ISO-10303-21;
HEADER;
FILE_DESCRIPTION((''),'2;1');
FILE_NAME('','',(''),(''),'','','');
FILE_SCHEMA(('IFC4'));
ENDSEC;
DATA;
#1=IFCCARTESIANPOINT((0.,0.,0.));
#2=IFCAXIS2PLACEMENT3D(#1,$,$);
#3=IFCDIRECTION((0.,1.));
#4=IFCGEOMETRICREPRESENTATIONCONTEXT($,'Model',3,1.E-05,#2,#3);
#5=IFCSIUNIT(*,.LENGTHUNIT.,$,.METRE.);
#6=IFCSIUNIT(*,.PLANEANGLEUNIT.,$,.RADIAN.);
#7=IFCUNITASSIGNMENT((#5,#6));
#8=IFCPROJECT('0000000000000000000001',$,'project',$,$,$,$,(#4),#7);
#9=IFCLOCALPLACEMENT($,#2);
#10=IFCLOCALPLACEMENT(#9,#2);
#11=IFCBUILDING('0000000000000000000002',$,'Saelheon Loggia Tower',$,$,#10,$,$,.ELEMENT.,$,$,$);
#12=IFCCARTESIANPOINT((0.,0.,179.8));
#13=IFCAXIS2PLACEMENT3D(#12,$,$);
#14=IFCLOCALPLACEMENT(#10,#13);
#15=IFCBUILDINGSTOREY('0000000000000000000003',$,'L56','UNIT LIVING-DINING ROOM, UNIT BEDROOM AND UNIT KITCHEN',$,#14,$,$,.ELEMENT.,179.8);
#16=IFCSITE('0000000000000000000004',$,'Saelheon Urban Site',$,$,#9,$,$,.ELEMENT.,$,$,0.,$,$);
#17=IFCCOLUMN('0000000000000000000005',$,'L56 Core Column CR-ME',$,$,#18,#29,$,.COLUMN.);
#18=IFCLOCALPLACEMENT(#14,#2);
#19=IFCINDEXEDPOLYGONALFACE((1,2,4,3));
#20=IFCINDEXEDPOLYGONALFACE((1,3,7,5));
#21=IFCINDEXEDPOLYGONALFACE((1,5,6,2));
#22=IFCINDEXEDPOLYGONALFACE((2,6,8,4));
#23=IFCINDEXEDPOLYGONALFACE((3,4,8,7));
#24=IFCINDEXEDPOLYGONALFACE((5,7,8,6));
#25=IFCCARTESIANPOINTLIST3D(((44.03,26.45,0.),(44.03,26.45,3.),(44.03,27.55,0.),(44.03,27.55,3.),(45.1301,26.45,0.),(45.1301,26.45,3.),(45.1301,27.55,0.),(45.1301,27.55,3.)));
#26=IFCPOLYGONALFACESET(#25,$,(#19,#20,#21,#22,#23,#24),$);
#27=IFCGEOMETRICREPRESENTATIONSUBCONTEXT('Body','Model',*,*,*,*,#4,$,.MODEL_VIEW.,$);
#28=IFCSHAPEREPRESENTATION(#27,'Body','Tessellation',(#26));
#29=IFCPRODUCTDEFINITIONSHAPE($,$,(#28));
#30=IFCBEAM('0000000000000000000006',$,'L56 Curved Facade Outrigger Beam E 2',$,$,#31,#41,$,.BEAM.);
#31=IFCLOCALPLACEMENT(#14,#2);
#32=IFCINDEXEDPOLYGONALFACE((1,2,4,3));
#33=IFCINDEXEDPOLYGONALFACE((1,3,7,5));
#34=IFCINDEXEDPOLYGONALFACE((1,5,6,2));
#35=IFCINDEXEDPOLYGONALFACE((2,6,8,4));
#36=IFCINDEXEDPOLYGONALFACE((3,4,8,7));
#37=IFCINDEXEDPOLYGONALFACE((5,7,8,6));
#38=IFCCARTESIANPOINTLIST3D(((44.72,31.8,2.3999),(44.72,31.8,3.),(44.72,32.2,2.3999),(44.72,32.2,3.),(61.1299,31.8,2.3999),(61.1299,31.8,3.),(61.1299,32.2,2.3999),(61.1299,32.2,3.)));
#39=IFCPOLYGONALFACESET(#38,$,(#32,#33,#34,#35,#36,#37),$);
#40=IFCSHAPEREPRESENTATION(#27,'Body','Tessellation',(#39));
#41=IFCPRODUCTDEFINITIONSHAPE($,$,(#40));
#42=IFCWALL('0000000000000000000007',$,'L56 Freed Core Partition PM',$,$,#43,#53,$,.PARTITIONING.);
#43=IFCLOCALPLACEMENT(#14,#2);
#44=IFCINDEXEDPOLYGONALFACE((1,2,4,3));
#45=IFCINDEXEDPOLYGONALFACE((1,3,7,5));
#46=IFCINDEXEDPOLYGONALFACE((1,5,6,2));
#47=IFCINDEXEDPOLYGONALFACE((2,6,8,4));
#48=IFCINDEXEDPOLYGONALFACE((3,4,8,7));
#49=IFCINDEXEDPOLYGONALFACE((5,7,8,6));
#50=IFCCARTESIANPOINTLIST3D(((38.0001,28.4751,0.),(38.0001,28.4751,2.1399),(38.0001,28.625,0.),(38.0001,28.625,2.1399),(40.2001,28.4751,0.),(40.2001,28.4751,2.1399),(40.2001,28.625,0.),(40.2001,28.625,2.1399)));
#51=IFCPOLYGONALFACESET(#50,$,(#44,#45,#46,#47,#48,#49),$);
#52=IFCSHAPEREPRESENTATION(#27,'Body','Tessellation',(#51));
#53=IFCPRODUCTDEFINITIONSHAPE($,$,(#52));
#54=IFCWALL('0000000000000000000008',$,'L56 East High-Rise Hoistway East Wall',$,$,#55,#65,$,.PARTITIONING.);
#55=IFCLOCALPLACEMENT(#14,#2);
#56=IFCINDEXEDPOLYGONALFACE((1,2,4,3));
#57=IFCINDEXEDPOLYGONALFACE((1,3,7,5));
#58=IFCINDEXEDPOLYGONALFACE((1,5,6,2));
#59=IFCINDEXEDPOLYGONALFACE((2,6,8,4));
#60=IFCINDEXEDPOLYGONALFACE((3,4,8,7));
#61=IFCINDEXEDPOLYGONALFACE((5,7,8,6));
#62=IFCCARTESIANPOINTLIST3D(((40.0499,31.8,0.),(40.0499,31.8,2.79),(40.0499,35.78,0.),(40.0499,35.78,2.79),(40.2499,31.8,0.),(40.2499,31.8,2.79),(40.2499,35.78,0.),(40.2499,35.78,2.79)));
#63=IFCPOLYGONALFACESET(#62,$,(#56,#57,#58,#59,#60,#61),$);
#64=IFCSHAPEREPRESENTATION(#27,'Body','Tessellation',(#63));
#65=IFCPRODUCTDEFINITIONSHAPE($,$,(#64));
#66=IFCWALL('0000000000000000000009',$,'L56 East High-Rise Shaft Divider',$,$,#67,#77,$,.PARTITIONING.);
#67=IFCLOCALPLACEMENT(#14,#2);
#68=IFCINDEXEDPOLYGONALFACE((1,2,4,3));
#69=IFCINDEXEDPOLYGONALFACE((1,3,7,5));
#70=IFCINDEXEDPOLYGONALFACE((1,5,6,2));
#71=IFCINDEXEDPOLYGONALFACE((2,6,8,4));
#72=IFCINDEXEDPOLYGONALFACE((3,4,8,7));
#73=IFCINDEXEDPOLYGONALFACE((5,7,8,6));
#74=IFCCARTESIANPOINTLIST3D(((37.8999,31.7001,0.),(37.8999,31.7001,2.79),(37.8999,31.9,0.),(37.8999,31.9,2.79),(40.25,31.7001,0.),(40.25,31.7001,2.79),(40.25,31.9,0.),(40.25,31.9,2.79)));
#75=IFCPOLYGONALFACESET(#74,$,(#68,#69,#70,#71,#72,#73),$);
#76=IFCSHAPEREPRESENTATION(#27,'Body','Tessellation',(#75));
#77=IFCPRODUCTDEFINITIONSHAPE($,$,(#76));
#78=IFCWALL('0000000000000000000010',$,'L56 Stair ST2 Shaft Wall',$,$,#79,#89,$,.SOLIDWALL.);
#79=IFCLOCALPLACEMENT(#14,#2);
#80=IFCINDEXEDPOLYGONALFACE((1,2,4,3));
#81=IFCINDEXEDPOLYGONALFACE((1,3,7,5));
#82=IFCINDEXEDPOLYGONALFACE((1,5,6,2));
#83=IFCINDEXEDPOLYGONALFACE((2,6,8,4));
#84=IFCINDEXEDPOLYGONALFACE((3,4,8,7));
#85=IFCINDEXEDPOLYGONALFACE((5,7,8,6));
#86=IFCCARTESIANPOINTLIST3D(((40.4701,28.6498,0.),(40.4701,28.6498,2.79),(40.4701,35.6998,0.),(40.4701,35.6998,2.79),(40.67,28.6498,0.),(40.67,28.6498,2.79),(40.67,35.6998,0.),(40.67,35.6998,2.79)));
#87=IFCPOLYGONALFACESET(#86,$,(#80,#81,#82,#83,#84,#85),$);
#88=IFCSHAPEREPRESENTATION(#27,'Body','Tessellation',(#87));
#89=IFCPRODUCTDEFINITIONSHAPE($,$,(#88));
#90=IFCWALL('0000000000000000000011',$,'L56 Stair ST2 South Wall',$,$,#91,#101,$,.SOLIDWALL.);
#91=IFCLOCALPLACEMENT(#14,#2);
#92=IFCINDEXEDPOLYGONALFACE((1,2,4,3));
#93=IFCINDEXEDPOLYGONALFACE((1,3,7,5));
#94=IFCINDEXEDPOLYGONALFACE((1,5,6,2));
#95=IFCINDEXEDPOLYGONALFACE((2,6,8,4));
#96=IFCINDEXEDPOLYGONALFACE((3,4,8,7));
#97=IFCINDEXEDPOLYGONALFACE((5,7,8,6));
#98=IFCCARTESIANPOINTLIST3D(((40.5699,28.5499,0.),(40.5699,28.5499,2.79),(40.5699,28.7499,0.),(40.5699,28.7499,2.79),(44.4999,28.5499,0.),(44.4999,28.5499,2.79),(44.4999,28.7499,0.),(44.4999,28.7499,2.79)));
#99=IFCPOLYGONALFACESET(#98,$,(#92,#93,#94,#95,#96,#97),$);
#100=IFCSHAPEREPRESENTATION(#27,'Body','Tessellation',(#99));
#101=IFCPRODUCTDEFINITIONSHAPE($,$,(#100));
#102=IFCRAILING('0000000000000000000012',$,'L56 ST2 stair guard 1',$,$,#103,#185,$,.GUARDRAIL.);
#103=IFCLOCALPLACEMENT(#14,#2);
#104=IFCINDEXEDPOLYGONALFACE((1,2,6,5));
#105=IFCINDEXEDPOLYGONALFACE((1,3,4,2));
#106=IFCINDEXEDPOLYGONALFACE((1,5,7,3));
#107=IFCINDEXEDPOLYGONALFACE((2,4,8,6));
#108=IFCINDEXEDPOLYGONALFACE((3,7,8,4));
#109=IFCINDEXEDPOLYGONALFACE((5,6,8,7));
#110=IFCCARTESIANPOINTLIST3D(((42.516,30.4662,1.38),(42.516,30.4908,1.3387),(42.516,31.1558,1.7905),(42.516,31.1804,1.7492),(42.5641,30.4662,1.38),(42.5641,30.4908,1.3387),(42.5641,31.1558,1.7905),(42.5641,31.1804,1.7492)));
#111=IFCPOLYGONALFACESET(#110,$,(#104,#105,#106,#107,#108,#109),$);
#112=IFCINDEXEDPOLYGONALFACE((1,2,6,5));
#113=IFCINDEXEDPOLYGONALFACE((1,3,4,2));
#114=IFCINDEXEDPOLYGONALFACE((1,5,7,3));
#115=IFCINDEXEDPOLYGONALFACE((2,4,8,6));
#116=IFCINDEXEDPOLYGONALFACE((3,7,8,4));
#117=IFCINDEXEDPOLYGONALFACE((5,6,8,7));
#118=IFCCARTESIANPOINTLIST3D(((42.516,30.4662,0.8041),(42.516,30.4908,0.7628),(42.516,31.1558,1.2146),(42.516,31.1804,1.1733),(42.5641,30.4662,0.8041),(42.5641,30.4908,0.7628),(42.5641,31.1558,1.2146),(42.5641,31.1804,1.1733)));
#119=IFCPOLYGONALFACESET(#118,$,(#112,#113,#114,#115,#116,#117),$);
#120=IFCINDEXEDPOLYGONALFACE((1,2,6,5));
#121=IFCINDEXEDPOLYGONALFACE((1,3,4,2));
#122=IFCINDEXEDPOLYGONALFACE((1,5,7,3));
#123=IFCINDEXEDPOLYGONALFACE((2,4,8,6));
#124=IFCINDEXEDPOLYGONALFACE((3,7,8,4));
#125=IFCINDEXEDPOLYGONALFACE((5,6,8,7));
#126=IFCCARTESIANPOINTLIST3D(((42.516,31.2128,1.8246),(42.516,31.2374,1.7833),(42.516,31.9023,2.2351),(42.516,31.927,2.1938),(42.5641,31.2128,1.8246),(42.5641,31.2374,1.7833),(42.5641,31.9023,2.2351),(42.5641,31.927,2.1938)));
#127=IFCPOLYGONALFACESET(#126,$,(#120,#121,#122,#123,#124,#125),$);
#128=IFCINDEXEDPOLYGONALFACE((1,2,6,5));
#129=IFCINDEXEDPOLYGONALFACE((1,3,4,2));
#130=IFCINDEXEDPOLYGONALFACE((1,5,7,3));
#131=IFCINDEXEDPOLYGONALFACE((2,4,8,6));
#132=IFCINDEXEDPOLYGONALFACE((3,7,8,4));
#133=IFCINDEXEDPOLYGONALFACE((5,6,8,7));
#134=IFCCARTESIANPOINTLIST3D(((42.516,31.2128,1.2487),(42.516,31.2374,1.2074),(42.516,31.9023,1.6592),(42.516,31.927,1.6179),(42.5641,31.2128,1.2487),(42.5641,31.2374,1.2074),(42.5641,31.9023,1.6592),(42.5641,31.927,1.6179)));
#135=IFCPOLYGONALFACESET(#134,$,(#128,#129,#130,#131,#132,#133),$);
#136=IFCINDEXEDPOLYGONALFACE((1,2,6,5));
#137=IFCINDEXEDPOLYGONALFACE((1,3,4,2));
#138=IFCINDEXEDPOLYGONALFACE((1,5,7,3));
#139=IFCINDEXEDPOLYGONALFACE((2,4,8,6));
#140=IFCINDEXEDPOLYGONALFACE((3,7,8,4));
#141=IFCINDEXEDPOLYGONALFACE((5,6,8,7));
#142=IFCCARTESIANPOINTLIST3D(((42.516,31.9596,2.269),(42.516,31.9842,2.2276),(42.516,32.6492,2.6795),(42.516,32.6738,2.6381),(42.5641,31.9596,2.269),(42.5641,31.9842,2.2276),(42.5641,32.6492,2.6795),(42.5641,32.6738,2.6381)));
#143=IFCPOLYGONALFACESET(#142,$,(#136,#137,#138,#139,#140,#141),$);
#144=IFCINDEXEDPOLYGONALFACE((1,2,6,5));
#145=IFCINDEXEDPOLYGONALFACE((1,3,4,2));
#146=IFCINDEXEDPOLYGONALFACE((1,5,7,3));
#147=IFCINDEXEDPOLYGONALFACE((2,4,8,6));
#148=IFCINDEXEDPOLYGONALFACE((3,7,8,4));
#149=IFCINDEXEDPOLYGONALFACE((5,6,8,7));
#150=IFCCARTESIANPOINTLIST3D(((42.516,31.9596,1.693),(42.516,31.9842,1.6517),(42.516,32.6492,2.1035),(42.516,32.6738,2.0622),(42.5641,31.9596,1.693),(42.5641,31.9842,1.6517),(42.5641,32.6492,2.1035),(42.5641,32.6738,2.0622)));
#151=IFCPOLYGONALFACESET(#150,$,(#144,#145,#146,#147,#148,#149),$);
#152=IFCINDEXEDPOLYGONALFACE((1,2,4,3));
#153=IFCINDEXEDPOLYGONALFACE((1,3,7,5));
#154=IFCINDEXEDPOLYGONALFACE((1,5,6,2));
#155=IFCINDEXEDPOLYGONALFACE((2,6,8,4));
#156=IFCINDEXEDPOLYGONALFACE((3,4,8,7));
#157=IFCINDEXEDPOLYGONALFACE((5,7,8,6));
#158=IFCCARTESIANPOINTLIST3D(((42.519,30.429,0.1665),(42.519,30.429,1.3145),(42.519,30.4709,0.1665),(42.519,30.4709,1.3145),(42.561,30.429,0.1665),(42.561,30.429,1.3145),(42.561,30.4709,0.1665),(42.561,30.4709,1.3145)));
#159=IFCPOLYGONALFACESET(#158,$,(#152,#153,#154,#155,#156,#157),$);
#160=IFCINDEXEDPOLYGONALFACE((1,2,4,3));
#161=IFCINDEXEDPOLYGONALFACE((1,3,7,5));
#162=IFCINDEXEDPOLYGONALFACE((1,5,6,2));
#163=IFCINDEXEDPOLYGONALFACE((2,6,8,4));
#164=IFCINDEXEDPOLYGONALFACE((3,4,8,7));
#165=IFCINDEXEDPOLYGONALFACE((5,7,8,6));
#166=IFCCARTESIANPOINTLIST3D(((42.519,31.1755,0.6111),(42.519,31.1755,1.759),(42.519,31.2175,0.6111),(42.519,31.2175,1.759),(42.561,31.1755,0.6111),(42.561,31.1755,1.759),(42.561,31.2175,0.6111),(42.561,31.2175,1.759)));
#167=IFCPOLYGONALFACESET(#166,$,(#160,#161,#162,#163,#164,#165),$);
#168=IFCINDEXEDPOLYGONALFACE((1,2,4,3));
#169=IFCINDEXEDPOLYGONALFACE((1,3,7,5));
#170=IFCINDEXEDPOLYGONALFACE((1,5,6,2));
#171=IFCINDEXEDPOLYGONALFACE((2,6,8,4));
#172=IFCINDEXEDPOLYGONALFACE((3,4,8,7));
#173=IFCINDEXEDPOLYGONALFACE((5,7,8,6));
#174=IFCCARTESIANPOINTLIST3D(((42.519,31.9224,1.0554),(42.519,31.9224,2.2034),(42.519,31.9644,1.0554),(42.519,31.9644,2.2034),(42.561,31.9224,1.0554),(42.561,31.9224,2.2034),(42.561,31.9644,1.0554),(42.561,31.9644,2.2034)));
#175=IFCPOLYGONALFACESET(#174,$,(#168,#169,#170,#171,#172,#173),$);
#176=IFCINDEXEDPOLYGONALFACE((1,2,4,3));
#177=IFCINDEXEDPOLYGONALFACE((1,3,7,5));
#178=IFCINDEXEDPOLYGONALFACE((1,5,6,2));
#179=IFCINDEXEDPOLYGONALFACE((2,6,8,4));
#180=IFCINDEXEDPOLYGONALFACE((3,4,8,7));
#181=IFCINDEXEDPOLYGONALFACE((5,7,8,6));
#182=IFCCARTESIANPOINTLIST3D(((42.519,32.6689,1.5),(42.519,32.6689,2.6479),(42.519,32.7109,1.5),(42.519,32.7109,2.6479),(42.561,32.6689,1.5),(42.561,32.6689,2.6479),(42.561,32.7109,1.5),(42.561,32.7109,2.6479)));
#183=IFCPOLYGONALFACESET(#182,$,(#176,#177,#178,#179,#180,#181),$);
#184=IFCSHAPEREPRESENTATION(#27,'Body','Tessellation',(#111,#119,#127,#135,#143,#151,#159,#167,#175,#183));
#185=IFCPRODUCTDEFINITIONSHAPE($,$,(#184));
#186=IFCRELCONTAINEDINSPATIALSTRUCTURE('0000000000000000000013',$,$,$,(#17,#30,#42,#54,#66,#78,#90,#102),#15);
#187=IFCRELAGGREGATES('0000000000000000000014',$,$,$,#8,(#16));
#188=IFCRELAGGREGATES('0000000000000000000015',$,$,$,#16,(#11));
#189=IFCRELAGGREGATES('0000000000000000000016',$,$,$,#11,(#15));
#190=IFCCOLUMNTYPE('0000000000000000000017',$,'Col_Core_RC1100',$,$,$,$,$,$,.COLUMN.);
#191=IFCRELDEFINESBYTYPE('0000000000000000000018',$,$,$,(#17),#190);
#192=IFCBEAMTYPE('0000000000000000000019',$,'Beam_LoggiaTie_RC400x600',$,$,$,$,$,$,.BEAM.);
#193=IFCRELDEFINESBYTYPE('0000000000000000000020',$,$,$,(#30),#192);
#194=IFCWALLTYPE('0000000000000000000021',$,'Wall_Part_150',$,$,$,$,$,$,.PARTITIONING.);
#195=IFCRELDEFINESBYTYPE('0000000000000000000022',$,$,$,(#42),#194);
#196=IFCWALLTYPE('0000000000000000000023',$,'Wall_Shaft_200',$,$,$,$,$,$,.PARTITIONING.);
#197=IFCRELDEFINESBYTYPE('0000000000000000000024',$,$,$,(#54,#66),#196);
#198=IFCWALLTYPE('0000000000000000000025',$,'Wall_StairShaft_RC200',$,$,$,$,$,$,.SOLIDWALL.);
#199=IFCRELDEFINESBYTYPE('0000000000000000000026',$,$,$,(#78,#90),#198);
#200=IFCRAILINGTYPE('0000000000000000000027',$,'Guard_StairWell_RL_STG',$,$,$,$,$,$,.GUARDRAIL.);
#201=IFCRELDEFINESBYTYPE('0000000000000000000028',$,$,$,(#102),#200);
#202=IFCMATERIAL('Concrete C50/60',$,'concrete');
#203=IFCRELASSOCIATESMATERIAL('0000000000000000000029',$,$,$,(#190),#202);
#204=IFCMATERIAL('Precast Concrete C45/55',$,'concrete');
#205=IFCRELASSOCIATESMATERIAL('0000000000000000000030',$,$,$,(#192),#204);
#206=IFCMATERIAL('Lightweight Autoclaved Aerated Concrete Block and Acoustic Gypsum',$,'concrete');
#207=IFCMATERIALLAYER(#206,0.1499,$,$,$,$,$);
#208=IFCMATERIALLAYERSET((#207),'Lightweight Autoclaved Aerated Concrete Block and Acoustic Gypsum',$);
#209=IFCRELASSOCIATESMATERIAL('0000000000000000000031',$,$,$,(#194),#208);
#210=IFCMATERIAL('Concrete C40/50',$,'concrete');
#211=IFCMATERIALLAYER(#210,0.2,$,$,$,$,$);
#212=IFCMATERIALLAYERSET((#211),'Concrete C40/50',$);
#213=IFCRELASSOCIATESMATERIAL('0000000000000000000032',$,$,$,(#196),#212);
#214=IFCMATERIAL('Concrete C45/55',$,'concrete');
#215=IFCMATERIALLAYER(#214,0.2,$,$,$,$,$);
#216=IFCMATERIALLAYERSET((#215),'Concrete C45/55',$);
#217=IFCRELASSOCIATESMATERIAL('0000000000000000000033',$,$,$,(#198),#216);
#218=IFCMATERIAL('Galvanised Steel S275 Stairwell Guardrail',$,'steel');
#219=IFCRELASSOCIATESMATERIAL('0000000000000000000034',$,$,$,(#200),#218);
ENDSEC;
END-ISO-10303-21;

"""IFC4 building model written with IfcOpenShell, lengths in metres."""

from ifc_helpers import new_model, si_unit, direction, frame, frame_2d, origin, origin_2d, place, context, subcontext, project, spatial, rectangle, extrude, source, transform, mapped, material, layer, layer_set, material_profile, profile_set, type_object, element, save


model = new_model("IFC4")

# Units and contexts
model_context = context("Model", 3, precision=1e-05, world=origin(), true_north=direction((0.0, 1.0)))
body_context = subcontext(model_context, "Body", "Model", "MODEL_VIEW")
ifc_project = project(units=[si_unit("LENGTHUNIT", "METRE"), si_unit("PLANEANGLEUNIT", "RADIAN")], contexts=[model_context])

# Site, building, storey
site_placement = place(None, origin())
site = spatial("IfcSite", under=ifc_project, at=site_placement, Name="Saelheon Urban Site", CompositionType="ELEMENT", RefElevation=0.0)
building_placement = place(site_placement, origin())
building = spatial("IfcBuilding", under=site, at=building_placement, Name="Saelheon Loggia Tower", CompositionType="ELEMENT")
storey_placement = place(building_placement, frame((0.0, 0.0, 179.8)))
storey = spatial("IfcBuildingStorey", under=building, at=storey_placement, Name="L56", Description="UNIT LIVING-DINING ROOM, UNIT BEDROOM AND UNIT KITCHEN", CompositionType="ELEMENT", Elevation=179.8)

# Column
ifc_material_1 = material(Name="Concrete C50/60", Category="concrete")
ifc_material_profile_1 = material_profile(ifc_material_1, rectangle(XDim=1.1001, YDim=1.1001, at=origin_2d()), Name="RC-1100x1100")
ifc_profile_set_1 = profile_set([ifc_material_profile_1], Name="Concrete C50/60")
column_type = type_object("IfcColumnType", Name="Col_Core_RC1100", PredefinedType="COLUMN", material=ifc_profile_set_1)
shared_shape_1 = source(origin(), body_context, "Body", "SweptSolid", [
    extrude(rectangle(XDim=1.1001, YDim=1.1001, at=origin_2d()), origin(), (0.0, 0.0, 1.0), 3.0),
])
column_placement = place(storey_placement, frame((44.5801, 27.0, 0.0), z_axis=(0.0, 0.0, 1.0), x_axis=(1.0, 0.0, 0.0)))
element("IfcColumn", 1, at=column_placement, inside=storey, type_object=column_type, Name="L56 Core Column CR-ME", PredefinedType="COLUMN", context=body_context, shape_type="MappedRepresentation", body=[
    mapped(shared_shape_1, transform((0.0, 0.0, 0.0), scale=1.0)),
])

# Beam
ifc_material_2 = material(Name="Precast Concrete C45/55", Category="concrete")
ifc_material_profile_2 = material_profile(ifc_material_2, rectangle(XDim=0.3999, YDim=0.6001, at=origin_2d()), Name="RC-400x600")
ifc_profile_set_2 = profile_set([ifc_material_profile_2], Name="Precast Concrete C45/55")
beam_type = type_object("IfcBeamType", Name="Beam_LoggiaTie_RC400x600", PredefinedType="BEAM", material=ifc_profile_set_2)
shared_shape_2 = source(origin(), body_context, "Body", "SweptSolid", [
    extrude(rectangle(XDim=0.3999, YDim=0.6001, at=origin_2d()), origin(), (0.0, 0.0, 1.0), 16.4099),
])
beam_placement = place(storey_placement, frame((44.72, 32.0, 2.7), z_axis=(1.0, 0.0, 0.0), x_axis=(0.0, 1.0, 0.0)))
element("IfcBeam", 2, at=beam_placement, inside=storey, type_object=beam_type, Name="L56 Curved Facade Outrigger Beam E 2", PredefinedType="BEAM", context=body_context, shape_type="MappedRepresentation", body=[
    mapped(shared_shape_2, transform((0.0, 0.0, 0.0), scale=1.0)),
])

# Walls
ifc_material_3 = material(Name="Lightweight Autoclaved Aerated Concrete Block and Acoustic Gypsum", Category="concrete")
ifc_layer_1 = layer(ifc_material_3, 0.1499)
ifc_layer_set_1 = layer_set([ifc_layer_1], Name="Lightweight Autoclaved Aerated Concrete Block and Acoustic Gypsum")
wall_type_1 = type_object("IfcWallType", Name="Wall_Part_150", PredefinedType="PARTITIONING", material=ifc_layer_set_1)
wall_1_placement = place(storey_placement, frame((38.0, 28.55, 0.0), z_axis=(0.0, 0.0, 1.0), x_axis=(1.0, 0.0, 0.0)))
element("IfcWall", 3, at=wall_1_placement, inside=storey, type_object=wall_type_1, Name="L56 Freed Core Partition PM", PredefinedType="PARTITIONING", context=body_context, shape_type="SweptSolid", body=[
    extrude(rectangle(XDim=2.2, YDim=0.1499, at=frame_2d((1.1001, 0.0))), origin(), (0.0, 0.0, 1.0), 2.1399),
])
ifc_material_4 = material(Name="Concrete C40/50", Category="concrete")
ifc_layer_2 = layer(ifc_material_4, 0.2)
ifc_layer_set_2 = layer_set([ifc_layer_2], Name="Concrete C40/50")
wall_type_2 = type_object("IfcWallType", Name="Wall_Shaft_200", PredefinedType="PARTITIONING", material=ifc_layer_set_2)
wall_2_placement = place(storey_placement, frame((40.1499, 31.8, 0.0), z_axis=(0.0, 0.0, 1.0), x_axis=(0.0, 1.0, 0.0)))
element("IfcWall", 4, at=wall_2_placement, inside=storey, type_object=wall_type_2, Name="L56 East High-Rise Hoistway East Wall", PredefinedType="PARTITIONING", context=body_context, shape_type="SweptSolid", body=[
    extrude(rectangle(XDim=3.98, YDim=0.2, at=frame_2d((1.99, 0.0))), origin(), (0.0, 0.0, 1.0), 2.79),
])
wall_3_placement = place(storey_placement, frame((37.8999, 31.8, 0.0), z_axis=(0.0, 0.0, 1.0), x_axis=(1.0, 0.0, 0.0)))
element("IfcWall", 5, at=wall_3_placement, inside=storey, type_object=wall_type_2, Name="L56 East High-Rise Shaft Divider", PredefinedType="PARTITIONING", context=body_context, shape_type="SweptSolid", body=[
    extrude(rectangle(XDim=2.3501, YDim=0.2, at=frame_2d((1.175, 0.0))), origin(), (0.0, 0.0, 1.0), 2.79),
])
ifc_material_5 = material(Name="Concrete C45/55", Category="concrete")
ifc_layer_3 = layer(ifc_material_5, 0.2)
ifc_layer_set_3 = layer_set([ifc_layer_3], Name="Concrete C45/55")
wall_type_3 = type_object("IfcWallType", Name="Wall_StairShaft_RC200", PredefinedType="SOLIDWALL", material=ifc_layer_set_3)
wall_4_placement = place(storey_placement, frame((40.5701, 28.6499, 0.0), z_axis=(0.0, 0.0, 1.0), x_axis=(0.0, 1.0, 0.0)))
element("IfcWall", 6, at=wall_4_placement, inside=storey, type_object=wall_type_3, Name="L56 Stair ST2 Shaft Wall", PredefinedType="SOLIDWALL", context=body_context, shape_type="SweptSolid", body=[
    extrude(rectangle(XDim=7.05, YDim=0.2, at=frame_2d((3.5249, 0.0))), origin(), (0.0, 0.0, 1.0), 2.79),
])
wall_5_placement = place(storey_placement, frame((40.5701, 28.6499, 0.0), z_axis=(0.0, 0.0, 1.0), x_axis=(1.0, 0.0, 0.0)))
element("IfcWall", 7, at=wall_5_placement, inside=storey, type_object=wall_type_3, Name="L56 Stair ST2 South Wall", PredefinedType="SOLIDWALL", context=body_context, shape_type="SweptSolid", body=[
    extrude(rectangle(XDim=3.9299, YDim=0.2, at=frame_2d((1.9648, 0.0))), origin(), (0.0, 0.0, 1.0), 2.79),
])

# Railing
ifc_material_6 = material(Name="Galvanised Steel S275 Stairwell Guardrail", Category="steel")
railing_type_1 = type_object("IfcRailingType", Name="Guard_StairWell_RL_STG", PredefinedType="GUARDRAIL", material=ifc_material_6)
railing_1_placement = place(storey_placement, frame((42.54, 30.45, 0.1665)))
element("IfcRailing", 8, at=railing_1_placement, inside=storey, type_object=railing_type_1, Name="L56 ST2 stair guard 1", PredefinedType="GUARDRAIL", context=body_context, shape_type="SweptSolid", body=[
    extrude(rectangle(XDim=0.0481, YDim=0.0481, at=origin_2d()), frame((0.0, 0.0286, 1.1929), z_axis=(0.0, 0.859264, 0.511532), x_axis=(-1.0, 0.0, 0.0)), (0.0, 0.0, 1.0), 0.8025),
    extrude(rectangle(XDim=0.0481, YDim=0.0481, at=origin_2d()), frame((0.0, 0.0286, 0.6169), z_axis=(0.0, 0.859264, 0.511532), x_axis=(-1.0, 0.0, 0.0)), (0.0, 0.0, 1.0), 0.8025),
    extrude(rectangle(XDim=0.0481, YDim=0.0481, at=origin_2d()), frame((0.0, 0.7751, 1.6375), z_axis=(0.0, 0.859264, 0.511532), x_axis=(-1.0, 0.0, 0.0)), (0.0, 0.0, 1.0), 0.8025),
    extrude(rectangle(XDim=0.0481, YDim=0.0481, at=origin_2d()), frame((0.0, 0.7751, 1.0615), z_axis=(0.0, 0.859264, 0.511532), x_axis=(-1.0, 0.0, 0.0)), (0.0, 0.0, 1.0), 0.8025),
    extrude(rectangle(XDim=0.0481, YDim=0.0481, at=origin_2d()), frame((0.0, 1.522, 2.0818), z_axis=(0.0, 0.859264, 0.511532), x_axis=(-1.0, 0.0, 0.0)), (0.0, 0.0, 1.0), 0.8025),
    extrude(rectangle(XDim=0.0481, YDim=0.0481, at=origin_2d()), frame((0.0, 1.522, 1.5059), z_axis=(0.0, 0.859264, 0.511532), x_axis=(-1.0, 0.0, 0.0)), (0.0, 0.0, 1.0), 0.8025),
    extrude(rectangle(XDim=0.042, YDim=0.042, at=origin_2d()), origin(), (0.0, 0.0, 1.0), 1.1479),
    extrude(rectangle(XDim=0.042, YDim=0.042, at=origin_2d()), frame((0.0, 0.7466, 0.4446)), (0.0, 0.0, 1.0), 1.1479),
    extrude(rectangle(XDim=0.042, YDim=0.042, at=origin_2d()), frame((0.0, 1.4934, 0.8889)), (0.0, 0.0, 1.0), 1.1479),
    extrude(rectangle(XDim=0.042, YDim=0.042, at=origin_2d()), frame((0.0, 2.24, 1.3335)), (0.0, 0.0, 1.0), 1.1479),
])

save(model, "model.ifc")
